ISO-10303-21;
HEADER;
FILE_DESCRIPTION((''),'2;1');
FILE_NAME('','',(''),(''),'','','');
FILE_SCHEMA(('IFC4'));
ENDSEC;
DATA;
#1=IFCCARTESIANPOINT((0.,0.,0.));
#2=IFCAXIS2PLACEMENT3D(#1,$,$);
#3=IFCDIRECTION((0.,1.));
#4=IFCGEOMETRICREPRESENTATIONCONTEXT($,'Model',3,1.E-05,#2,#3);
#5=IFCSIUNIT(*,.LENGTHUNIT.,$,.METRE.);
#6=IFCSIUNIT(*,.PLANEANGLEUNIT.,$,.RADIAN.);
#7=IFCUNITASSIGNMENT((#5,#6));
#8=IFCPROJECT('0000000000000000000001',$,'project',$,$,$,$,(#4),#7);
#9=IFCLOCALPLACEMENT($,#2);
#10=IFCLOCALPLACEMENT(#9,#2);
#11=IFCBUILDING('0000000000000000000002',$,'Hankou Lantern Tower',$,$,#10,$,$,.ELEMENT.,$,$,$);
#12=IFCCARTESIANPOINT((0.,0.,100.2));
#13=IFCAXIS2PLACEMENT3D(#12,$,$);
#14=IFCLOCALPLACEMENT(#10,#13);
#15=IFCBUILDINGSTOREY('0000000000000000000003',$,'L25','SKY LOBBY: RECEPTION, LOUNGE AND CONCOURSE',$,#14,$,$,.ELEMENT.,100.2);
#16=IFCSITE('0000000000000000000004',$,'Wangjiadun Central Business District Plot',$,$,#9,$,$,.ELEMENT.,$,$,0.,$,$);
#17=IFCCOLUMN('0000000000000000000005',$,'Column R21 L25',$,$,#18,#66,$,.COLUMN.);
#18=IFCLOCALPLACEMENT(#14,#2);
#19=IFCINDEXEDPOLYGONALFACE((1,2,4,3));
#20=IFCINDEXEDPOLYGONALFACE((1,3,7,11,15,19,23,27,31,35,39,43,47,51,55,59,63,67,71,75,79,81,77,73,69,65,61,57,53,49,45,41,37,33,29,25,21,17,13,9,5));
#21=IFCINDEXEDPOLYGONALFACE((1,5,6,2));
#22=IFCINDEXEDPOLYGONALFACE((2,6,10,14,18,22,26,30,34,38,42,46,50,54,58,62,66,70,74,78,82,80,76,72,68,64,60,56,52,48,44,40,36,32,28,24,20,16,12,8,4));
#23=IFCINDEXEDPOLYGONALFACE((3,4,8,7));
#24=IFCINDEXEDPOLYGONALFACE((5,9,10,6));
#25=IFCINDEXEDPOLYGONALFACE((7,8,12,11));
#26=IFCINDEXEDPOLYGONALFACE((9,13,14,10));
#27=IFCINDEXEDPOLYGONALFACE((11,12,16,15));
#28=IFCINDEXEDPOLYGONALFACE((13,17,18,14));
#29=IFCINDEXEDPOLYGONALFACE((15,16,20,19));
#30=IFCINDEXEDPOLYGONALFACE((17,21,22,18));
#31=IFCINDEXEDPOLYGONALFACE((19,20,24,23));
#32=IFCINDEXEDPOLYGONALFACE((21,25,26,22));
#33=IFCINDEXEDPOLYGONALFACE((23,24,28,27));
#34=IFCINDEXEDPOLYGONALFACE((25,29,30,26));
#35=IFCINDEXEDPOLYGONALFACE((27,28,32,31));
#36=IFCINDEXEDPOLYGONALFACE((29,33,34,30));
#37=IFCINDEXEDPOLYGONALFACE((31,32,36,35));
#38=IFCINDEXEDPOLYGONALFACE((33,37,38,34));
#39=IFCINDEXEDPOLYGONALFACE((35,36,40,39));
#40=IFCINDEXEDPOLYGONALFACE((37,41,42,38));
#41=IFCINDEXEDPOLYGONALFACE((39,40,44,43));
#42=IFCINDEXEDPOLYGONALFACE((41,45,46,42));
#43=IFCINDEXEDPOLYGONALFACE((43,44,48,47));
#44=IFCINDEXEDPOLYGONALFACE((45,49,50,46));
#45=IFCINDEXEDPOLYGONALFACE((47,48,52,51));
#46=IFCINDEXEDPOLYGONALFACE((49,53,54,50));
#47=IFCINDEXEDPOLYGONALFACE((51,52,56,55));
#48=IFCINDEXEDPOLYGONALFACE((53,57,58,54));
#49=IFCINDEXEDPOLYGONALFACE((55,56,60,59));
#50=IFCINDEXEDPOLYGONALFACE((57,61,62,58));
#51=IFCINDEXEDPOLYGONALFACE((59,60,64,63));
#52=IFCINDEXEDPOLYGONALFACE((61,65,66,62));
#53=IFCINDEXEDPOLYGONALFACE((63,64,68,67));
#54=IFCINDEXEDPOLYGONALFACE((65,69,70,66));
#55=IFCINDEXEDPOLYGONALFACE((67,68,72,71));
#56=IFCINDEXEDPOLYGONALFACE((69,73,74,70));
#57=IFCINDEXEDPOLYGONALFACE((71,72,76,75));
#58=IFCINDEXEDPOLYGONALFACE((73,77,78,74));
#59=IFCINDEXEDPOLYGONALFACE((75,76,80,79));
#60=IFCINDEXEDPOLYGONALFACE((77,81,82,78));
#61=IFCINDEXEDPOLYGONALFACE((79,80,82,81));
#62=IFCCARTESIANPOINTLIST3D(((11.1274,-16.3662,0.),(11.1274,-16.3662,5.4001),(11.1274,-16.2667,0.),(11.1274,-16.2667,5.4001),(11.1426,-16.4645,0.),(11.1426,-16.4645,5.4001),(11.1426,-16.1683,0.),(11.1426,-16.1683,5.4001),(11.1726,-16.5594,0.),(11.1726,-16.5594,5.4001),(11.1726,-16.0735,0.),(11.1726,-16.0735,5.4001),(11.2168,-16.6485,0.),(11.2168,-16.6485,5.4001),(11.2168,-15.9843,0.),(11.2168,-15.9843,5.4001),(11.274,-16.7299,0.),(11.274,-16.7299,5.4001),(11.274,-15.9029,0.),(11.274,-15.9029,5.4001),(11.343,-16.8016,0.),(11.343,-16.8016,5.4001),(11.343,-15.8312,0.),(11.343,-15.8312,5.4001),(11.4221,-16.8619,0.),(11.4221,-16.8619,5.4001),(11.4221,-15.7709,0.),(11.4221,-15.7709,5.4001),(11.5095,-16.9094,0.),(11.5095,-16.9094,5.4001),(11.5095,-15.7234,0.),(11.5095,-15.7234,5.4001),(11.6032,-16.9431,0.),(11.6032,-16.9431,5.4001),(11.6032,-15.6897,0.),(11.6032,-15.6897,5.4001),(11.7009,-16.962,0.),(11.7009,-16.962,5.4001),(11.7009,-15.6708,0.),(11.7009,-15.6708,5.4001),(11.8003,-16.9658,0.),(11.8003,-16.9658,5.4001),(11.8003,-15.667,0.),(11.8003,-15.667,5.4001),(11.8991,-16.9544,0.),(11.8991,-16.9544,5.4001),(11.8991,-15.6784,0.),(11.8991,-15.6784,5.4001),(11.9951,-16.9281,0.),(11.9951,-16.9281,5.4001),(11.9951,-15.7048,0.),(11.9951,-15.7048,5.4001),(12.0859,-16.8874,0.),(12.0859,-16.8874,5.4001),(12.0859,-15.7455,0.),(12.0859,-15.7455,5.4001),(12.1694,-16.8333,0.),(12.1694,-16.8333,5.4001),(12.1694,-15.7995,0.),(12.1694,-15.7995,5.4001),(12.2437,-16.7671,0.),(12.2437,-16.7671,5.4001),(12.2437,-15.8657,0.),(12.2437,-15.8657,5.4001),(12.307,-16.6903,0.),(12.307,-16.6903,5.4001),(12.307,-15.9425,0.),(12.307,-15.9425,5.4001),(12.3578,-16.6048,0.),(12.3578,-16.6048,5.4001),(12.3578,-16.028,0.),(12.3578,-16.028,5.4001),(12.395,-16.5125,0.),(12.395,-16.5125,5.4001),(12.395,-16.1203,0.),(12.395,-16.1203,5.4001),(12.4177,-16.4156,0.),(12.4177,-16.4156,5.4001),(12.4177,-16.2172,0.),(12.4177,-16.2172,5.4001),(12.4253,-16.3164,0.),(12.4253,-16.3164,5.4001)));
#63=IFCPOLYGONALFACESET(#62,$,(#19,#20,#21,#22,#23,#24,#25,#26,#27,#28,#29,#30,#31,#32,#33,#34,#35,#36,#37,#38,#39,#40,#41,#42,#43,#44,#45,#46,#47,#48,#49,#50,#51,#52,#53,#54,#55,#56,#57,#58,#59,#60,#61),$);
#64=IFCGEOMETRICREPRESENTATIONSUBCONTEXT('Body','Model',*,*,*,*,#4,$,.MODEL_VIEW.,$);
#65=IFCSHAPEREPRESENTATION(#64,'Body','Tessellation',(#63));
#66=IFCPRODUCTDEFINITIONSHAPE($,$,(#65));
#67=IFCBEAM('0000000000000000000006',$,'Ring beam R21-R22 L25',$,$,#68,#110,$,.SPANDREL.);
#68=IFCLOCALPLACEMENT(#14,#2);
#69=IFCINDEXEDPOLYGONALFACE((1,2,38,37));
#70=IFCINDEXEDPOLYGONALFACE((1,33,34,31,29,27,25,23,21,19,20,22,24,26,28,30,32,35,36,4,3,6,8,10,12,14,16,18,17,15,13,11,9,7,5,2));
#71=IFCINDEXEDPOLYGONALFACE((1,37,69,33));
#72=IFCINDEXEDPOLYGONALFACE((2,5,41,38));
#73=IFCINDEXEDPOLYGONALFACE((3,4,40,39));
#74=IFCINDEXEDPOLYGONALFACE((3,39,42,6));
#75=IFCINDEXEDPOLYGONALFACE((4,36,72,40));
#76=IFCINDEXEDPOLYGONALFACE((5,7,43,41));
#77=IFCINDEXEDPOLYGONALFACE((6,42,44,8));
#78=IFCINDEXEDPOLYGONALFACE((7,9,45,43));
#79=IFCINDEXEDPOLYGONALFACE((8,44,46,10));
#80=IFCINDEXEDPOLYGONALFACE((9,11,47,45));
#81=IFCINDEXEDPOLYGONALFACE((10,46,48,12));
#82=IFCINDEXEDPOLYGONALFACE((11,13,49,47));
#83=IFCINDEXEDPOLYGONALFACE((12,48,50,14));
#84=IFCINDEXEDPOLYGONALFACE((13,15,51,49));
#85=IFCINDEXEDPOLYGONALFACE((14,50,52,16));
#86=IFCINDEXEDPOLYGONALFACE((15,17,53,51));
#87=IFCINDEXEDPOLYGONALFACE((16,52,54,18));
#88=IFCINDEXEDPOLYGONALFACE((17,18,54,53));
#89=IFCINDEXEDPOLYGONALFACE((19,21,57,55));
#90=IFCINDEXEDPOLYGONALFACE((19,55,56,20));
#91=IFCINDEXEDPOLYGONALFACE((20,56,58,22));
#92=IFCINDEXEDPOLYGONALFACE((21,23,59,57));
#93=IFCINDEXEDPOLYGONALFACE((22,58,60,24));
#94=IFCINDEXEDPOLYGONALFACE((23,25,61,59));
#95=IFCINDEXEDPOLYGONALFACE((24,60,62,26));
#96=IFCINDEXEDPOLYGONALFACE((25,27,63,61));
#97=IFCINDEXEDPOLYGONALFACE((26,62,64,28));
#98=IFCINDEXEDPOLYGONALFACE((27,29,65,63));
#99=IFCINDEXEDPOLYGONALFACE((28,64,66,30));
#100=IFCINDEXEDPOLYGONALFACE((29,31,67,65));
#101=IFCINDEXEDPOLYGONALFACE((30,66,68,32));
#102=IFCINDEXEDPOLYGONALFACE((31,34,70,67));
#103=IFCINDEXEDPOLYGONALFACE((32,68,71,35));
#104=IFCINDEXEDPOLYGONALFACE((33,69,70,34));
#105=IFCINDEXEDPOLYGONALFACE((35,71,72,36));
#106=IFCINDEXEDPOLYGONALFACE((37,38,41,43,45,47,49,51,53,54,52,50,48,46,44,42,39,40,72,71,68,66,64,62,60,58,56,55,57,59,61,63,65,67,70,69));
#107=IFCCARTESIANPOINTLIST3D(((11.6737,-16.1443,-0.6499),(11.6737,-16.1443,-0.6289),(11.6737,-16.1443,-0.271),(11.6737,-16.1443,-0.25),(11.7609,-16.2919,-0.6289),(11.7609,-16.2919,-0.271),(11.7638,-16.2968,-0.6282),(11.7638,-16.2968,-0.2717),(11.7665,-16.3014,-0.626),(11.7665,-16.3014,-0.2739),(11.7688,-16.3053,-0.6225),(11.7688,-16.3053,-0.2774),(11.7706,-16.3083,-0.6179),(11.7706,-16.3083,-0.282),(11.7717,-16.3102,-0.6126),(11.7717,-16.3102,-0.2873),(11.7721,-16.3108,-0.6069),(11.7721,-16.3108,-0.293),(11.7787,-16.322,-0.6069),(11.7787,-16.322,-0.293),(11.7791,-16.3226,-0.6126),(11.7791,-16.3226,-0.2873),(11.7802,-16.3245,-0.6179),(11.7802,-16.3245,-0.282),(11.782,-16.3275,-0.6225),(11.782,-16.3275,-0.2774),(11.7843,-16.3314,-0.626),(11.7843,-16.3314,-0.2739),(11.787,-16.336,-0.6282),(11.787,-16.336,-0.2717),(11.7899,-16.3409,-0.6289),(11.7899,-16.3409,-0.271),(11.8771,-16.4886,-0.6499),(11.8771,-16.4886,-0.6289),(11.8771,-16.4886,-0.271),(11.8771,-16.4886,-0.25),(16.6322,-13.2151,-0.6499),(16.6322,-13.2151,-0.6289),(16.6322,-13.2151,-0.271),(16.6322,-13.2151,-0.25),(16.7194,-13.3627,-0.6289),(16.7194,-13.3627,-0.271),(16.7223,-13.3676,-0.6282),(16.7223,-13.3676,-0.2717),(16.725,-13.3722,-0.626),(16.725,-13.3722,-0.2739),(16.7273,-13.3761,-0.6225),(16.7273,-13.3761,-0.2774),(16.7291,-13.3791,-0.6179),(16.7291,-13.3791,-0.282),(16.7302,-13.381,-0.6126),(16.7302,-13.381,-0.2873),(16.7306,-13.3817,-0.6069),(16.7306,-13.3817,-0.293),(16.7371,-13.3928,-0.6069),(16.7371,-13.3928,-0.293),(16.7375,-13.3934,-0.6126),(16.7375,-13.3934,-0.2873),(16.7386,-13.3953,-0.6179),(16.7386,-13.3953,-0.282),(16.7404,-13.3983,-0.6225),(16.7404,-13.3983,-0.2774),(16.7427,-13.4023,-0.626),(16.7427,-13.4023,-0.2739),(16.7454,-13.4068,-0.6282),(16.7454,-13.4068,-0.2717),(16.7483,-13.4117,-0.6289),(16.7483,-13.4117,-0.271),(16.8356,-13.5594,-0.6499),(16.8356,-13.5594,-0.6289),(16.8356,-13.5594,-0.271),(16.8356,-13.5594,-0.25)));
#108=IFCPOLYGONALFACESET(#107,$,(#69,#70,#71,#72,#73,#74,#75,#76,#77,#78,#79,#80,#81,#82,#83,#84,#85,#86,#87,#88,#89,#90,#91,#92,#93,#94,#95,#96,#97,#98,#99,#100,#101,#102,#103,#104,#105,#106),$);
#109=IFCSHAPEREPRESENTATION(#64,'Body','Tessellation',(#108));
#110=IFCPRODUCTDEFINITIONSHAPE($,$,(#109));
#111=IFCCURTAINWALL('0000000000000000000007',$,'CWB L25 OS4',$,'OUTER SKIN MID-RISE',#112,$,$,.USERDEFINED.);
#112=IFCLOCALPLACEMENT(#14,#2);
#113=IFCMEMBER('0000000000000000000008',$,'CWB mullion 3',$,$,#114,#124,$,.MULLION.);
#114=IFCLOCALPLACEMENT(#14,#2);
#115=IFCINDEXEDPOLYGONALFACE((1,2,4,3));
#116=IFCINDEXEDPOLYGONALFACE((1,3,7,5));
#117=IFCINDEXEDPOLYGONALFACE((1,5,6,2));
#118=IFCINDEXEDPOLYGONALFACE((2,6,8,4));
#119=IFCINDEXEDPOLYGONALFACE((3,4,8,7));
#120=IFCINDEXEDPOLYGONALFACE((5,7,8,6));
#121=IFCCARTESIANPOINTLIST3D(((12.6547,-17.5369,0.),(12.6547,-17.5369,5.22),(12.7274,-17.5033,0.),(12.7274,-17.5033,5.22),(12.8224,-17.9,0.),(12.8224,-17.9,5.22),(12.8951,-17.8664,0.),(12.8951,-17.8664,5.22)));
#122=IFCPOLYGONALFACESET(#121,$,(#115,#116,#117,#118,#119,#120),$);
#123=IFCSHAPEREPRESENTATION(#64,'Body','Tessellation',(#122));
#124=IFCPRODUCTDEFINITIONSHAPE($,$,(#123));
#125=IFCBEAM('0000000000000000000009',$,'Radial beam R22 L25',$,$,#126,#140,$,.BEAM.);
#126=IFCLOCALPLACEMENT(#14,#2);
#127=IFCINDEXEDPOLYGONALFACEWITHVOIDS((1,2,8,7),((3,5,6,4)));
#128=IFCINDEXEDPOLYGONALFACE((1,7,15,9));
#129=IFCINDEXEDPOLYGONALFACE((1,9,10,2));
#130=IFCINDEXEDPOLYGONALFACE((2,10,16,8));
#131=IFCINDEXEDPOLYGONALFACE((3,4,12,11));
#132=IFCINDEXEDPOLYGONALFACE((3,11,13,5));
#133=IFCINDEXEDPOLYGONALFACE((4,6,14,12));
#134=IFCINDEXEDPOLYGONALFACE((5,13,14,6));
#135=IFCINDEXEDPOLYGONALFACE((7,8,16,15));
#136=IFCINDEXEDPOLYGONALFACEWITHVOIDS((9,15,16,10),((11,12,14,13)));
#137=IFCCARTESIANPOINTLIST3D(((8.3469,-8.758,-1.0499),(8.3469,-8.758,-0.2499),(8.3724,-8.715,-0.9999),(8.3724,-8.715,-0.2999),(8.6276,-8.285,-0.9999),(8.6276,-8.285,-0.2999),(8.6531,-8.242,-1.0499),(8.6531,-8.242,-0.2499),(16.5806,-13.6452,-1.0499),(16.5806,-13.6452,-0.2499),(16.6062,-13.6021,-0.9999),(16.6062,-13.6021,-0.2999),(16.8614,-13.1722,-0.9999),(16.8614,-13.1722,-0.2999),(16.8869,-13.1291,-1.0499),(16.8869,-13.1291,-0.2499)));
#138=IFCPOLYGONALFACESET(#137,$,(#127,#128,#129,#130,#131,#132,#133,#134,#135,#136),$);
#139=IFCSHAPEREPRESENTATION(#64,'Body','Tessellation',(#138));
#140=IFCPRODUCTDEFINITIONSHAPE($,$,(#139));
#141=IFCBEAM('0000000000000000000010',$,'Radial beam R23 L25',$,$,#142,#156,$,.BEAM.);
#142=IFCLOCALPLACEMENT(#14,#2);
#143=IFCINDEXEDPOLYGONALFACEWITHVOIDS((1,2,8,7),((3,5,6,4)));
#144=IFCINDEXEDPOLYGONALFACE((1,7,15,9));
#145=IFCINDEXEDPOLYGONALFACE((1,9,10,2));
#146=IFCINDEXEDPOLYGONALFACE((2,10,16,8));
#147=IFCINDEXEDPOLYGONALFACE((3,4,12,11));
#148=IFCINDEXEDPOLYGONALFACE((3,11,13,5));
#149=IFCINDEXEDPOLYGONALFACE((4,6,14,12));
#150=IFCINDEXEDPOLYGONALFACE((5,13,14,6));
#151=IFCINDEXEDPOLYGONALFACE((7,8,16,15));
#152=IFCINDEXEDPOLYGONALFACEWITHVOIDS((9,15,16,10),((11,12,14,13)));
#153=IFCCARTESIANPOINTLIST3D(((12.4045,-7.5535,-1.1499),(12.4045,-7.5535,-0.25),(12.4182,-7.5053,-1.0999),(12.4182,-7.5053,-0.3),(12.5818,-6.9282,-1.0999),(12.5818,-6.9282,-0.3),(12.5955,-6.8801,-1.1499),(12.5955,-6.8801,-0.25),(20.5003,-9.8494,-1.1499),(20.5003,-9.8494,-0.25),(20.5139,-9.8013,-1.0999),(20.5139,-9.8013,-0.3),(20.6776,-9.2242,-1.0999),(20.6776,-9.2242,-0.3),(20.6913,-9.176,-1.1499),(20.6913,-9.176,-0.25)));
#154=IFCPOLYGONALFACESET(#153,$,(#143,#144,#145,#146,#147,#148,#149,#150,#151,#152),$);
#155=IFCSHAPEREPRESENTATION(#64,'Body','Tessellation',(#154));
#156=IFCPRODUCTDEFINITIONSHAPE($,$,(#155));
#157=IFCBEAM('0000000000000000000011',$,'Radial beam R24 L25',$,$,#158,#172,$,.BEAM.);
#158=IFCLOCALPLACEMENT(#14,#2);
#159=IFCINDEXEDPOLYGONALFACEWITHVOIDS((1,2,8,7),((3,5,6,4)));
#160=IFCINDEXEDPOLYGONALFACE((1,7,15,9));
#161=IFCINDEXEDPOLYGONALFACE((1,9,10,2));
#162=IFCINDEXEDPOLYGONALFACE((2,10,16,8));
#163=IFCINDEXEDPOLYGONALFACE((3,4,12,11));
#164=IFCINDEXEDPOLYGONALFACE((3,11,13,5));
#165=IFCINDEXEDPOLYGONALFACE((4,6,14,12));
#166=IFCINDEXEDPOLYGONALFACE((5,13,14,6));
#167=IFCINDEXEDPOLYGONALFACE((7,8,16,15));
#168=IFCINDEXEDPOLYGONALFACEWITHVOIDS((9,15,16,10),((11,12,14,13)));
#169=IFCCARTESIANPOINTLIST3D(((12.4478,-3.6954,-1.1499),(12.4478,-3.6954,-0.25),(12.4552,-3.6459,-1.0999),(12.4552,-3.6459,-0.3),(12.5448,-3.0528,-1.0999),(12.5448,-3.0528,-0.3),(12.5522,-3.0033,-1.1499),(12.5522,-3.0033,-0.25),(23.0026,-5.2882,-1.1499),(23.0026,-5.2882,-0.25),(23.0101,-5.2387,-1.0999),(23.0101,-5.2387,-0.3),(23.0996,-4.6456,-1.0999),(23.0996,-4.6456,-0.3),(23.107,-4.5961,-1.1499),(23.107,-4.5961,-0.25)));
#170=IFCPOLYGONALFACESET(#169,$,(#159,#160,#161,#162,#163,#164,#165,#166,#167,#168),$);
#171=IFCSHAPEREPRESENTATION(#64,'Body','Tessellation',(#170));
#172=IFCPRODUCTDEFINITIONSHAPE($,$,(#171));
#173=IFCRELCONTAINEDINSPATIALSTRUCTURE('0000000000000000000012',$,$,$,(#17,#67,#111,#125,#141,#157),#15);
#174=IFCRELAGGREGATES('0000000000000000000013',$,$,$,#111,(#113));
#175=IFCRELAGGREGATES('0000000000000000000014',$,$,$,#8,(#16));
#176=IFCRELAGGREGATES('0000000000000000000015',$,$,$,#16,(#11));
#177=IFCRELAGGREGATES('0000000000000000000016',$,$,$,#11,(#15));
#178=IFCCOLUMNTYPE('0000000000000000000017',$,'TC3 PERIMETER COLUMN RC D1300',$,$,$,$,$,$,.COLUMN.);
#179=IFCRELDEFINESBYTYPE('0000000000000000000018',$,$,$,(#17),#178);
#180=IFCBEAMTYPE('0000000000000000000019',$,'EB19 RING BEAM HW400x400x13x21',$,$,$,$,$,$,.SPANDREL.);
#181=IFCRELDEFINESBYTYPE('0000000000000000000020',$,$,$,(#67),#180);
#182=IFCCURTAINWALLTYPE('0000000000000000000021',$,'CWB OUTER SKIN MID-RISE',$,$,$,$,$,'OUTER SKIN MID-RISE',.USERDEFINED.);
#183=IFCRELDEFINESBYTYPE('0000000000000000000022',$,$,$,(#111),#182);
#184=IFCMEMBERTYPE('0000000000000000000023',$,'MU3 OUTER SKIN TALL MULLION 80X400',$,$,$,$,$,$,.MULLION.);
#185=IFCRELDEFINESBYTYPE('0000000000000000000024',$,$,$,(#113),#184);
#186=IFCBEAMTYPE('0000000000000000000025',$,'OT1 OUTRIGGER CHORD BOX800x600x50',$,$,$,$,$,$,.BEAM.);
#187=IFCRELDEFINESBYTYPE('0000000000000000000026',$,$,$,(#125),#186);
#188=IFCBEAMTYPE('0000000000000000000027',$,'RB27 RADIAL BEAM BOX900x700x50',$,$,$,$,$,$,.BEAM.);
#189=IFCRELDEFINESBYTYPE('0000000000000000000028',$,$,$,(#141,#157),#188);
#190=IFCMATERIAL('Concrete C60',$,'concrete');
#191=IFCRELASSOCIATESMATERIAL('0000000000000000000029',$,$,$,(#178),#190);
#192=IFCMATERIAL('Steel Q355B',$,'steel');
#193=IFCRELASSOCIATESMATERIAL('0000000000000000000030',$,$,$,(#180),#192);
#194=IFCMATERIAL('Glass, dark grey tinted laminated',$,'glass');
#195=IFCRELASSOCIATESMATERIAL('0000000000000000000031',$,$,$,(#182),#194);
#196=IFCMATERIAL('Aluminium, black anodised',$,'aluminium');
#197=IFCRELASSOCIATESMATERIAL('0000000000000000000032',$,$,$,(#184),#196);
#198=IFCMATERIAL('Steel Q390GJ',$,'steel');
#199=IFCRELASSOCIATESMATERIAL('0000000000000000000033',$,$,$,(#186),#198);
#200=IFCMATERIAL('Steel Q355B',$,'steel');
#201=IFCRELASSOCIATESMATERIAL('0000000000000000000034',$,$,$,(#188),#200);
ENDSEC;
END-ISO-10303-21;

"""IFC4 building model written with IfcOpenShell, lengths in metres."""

from ifc_helpers import new_model, si_unit, direction, frame, origin, origin_2d, place, context, subcontext, project, spatial, rectangle, hollow_rectangle, circle, i_section, extrude, material, material_profile, profile_set, type_object, element, aggregate, save


model = new_model("IFC4")

# Units and contexts
model_context = context("Model", 3, precision=1e-05, world=origin(), true_north=direction((0.0, 1.0)))
body_context = subcontext(model_context, "Body", "Model", "MODEL_VIEW")
ifc_project = project(units=[si_unit("LENGTHUNIT", "METRE"), si_unit("PLANEANGLEUNIT", "RADIAN")], contexts=[model_context])

# Site, building, storey
site_placement = place(None, origin())
site = spatial("IfcSite", under=ifc_project, at=site_placement, Name="Wangjiadun Central Business District Plot", CompositionType="ELEMENT", RefElevation=0.0)
building_placement = place(site_placement, origin())
building = spatial("IfcBuilding", under=site, at=building_placement, Name="Hankou Lantern Tower", CompositionType="ELEMENT")
storey_placement = place(building_placement, frame((0.0, 0.0, 100.2)))
storey = spatial("IfcBuildingStorey", under=building, at=storey_placement, Name="L25", Description="SKY LOBBY: RECEPTION, LOUNGE AND CONCOURSE", CompositionType="ELEMENT", Elevation=100.2)

# Column
ifc_material_1 = material(Name="Concrete C60", Category="concrete")
ifc_material_profile_1 = material_profile(ifc_material_1, circle(Radius=0.6499, at=origin_2d()), Name="RC D1300")
ifc_profile_set_1 = profile_set([ifc_material_profile_1], Name="Concrete C60")
column_type = type_object("IfcColumnType", Name="TC3 PERIMETER COLUMN RC D1300", PredefinedType="COLUMN", material=ifc_profile_set_1)
column_placement = place(storey_placement, frame((11.7754, -16.3164, 0.0), z_axis=(0.0, 0.0, 1.0), x_axis=(1.0, 0.0, 0.0)))
element("IfcColumn", 1, at=column_placement, inside=storey, type_object=column_type, Name="Column R21 L25", PredefinedType="COLUMN", context=body_context, shape_type="SweptSolid", body=[
    extrude(circle(Radius=0.6499, at=origin_2d()), origin(), (0.0, 0.0, 1.0), 5.4001),
])

# Beam
ifc_material_2 = material(Name="Steel Q355B", Category="steel")
ifc_material_profile_2 = material_profile(ifc_material_2, i_section(OverallWidth=0.3999, OverallDepth=0.3999, WebThickness=0.0129, FlangeThickness=0.021, FilletRadius=0.022, at=origin_2d()), Name="HW400x400x13x21")
ifc_profile_set_2 = profile_set([ifc_material_profile_2], Name="Steel Q355B")
beam_type_1 = type_object("IfcBeamType", Name="EB19 RING BEAM HW400x400x13x21", PredefinedType="SPANDREL", material=ifc_profile_set_2)
beam_1_placement = place(storey_placement, frame((11.7754, -16.3164, -0.45), z_axis=(0.860989, 0.508624, 0.0), x_axis=(-0.508624, 0.860989, 0.0)))
element("IfcBeam", 2, at=beam_1_placement, inside=storey, type_object=beam_type_1, Name="Ring beam R21-R22 L25", PredefinedType="SPANDREL", context=body_context, shape_type="SweptSolid", body=[
    extrude(i_section(OverallWidth=0.3999, OverallDepth=0.3999, WebThickness=0.0129, FlangeThickness=0.021, FilletRadius=0.022, at=origin_2d()), origin(), (0.0, 0.0, 1.0), 5.759),
])

# Curtain wall, member
ifc_material_3 = material(Name="Glass, dark grey tinted laminated", Category="glass")
curtain_wall_type = type_object("IfcCurtainWallType", Name="CWB OUTER SKIN MID-RISE", ElementType="OUTER SKIN MID-RISE", PredefinedType="USERDEFINED", material=ifc_material_3)
curtain_wall_placement = place(storey_placement, origin())
curtain_wall = element("IfcCurtainWall", 3, at=curtain_wall_placement, inside=storey, type_object=curtain_wall_type, Name="CWB L25 OS4", ObjectType="OUTER SKIN MID-RISE", PredefinedType="USERDEFINED")
ifc_material_4 = material(Name="Aluminium, black anodised", Category="aluminium")
ifc_material_profile_3 = material_profile(ifc_material_4, rectangle(XDim=0.0801, YDim=0.3999, at=origin_2d()), Name="MU3 80X400")
ifc_profile_set_3 = profile_set([ifc_material_profile_3], Name="Aluminium, black anodised")
member_type_1 = type_object("IfcMemberType", Name="MU3 OUTER SKIN TALL MULLION 80X400", PredefinedType="MULLION", material=ifc_profile_set_3)
member_1_placement = place(storey_placement, frame((12.7749, -17.7017, 0.0), z_axis=(0.0, 0.0, 1.0), x_axis=(0.907841, 0.419314, 0.0)))
member_1 = element("IfcMember", 4, at=member_1_placement, type_object=member_type_1, Name="CWB mullion 3", PredefinedType="MULLION", context=body_context, shape_type="SweptSolid", body=[
    extrude(rectangle(XDim=0.0801, YDim=0.3999, at=origin_2d()), origin(), (0.0, 0.0, 1.0), 5.22),
])

# Beams
ifc_material_5 = material(Name="Steel Q390GJ", Category="steel")
ifc_material_profile_4 = material_profile(ifc_material_5, hollow_rectangle(XDim=0.6001, YDim=0.8, WallThickness=0.05, at=origin_2d()), Name="BOX800x600x50")
ifc_profile_set_4 = profile_set([ifc_material_profile_4], Name="Steel Q390GJ")
beam_type_2 = type_object("IfcBeamType", Name="OT1 OUTRIGGER CHORD BOX800x600x50", PredefinedType="BEAM", material=ifc_profile_set_4)
beam_2_placement = place(storey_placement, frame((8.5, -8.5, -0.6499), z_axis=(0.859931, -0.51041, 0.0), x_axis=(0.51041, 0.859931, 0.0)))
element("IfcBeam", 5, at=beam_2_placement, inside=storey, type_object=beam_type_2, Name="Radial beam R22 L25", PredefinedType="BEAM", context=body_context, shape_type="SweptSolid", body=[
    extrude(hollow_rectangle(XDim=0.6001, YDim=0.8, WallThickness=0.05, at=origin_2d()), origin(), (0.0, 0.0, 1.0), 9.575),
])
ifc_material_6 = material(Name="Steel Q355B", Category="steel")
ifc_material_profile_5 = material_profile(ifc_material_6, hollow_rectangle(XDim=0.7, YDim=0.8999, WallThickness=0.05, at=origin_2d()), Name="BOX900x700x50")
ifc_profile_set_5 = profile_set([ifc_material_profile_5], Name="Steel Q355B")
beam_type_3 = type_object("IfcBeamType", Name="RB27 RADIAL BEAM BOX900x700x50", PredefinedType="BEAM", material=ifc_profile_set_5)
beam_3_placement = place(storey_placement, frame((12.5, -7.2168, -0.7), z_axis=(0.962061, -0.272835, 0.0), x_axis=(0.272835, 0.962061, 0.0)))
element("IfcBeam", 6, at=beam_3_placement, inside=storey, type_object=beam_type_3, Name="Radial beam R23 L25", PredefinedType="BEAM", context=body_context, shape_type="SweptSolid", body=[
    extrude(hollow_rectangle(XDim=0.7, YDim=0.8999, WallThickness=0.05, at=origin_2d()), origin(), (0.0, 0.0, 1.0), 8.415),
])
beam_4_placement = place(storey_placement, frame((12.5, -3.3494, -0.7), z_axis=(0.988805, -0.149214, 0.0), x_axis=(0.149214, 0.988805, 0.0)))
element("IfcBeam", 7, at=beam_4_placement, inside=storey, type_object=beam_type_3, Name="Radial beam R24 L25", PredefinedType="BEAM", context=body_context, shape_type="SweptSolid", body=[
    extrude(hollow_rectangle(XDim=0.7, YDim=0.8999, WallThickness=0.05, at=origin_2d()), origin(), (0.0, 0.0, 1.0), 10.6743),
])

aggregate(curtain_wall, [member_1])

save(model, "model.ifc")
